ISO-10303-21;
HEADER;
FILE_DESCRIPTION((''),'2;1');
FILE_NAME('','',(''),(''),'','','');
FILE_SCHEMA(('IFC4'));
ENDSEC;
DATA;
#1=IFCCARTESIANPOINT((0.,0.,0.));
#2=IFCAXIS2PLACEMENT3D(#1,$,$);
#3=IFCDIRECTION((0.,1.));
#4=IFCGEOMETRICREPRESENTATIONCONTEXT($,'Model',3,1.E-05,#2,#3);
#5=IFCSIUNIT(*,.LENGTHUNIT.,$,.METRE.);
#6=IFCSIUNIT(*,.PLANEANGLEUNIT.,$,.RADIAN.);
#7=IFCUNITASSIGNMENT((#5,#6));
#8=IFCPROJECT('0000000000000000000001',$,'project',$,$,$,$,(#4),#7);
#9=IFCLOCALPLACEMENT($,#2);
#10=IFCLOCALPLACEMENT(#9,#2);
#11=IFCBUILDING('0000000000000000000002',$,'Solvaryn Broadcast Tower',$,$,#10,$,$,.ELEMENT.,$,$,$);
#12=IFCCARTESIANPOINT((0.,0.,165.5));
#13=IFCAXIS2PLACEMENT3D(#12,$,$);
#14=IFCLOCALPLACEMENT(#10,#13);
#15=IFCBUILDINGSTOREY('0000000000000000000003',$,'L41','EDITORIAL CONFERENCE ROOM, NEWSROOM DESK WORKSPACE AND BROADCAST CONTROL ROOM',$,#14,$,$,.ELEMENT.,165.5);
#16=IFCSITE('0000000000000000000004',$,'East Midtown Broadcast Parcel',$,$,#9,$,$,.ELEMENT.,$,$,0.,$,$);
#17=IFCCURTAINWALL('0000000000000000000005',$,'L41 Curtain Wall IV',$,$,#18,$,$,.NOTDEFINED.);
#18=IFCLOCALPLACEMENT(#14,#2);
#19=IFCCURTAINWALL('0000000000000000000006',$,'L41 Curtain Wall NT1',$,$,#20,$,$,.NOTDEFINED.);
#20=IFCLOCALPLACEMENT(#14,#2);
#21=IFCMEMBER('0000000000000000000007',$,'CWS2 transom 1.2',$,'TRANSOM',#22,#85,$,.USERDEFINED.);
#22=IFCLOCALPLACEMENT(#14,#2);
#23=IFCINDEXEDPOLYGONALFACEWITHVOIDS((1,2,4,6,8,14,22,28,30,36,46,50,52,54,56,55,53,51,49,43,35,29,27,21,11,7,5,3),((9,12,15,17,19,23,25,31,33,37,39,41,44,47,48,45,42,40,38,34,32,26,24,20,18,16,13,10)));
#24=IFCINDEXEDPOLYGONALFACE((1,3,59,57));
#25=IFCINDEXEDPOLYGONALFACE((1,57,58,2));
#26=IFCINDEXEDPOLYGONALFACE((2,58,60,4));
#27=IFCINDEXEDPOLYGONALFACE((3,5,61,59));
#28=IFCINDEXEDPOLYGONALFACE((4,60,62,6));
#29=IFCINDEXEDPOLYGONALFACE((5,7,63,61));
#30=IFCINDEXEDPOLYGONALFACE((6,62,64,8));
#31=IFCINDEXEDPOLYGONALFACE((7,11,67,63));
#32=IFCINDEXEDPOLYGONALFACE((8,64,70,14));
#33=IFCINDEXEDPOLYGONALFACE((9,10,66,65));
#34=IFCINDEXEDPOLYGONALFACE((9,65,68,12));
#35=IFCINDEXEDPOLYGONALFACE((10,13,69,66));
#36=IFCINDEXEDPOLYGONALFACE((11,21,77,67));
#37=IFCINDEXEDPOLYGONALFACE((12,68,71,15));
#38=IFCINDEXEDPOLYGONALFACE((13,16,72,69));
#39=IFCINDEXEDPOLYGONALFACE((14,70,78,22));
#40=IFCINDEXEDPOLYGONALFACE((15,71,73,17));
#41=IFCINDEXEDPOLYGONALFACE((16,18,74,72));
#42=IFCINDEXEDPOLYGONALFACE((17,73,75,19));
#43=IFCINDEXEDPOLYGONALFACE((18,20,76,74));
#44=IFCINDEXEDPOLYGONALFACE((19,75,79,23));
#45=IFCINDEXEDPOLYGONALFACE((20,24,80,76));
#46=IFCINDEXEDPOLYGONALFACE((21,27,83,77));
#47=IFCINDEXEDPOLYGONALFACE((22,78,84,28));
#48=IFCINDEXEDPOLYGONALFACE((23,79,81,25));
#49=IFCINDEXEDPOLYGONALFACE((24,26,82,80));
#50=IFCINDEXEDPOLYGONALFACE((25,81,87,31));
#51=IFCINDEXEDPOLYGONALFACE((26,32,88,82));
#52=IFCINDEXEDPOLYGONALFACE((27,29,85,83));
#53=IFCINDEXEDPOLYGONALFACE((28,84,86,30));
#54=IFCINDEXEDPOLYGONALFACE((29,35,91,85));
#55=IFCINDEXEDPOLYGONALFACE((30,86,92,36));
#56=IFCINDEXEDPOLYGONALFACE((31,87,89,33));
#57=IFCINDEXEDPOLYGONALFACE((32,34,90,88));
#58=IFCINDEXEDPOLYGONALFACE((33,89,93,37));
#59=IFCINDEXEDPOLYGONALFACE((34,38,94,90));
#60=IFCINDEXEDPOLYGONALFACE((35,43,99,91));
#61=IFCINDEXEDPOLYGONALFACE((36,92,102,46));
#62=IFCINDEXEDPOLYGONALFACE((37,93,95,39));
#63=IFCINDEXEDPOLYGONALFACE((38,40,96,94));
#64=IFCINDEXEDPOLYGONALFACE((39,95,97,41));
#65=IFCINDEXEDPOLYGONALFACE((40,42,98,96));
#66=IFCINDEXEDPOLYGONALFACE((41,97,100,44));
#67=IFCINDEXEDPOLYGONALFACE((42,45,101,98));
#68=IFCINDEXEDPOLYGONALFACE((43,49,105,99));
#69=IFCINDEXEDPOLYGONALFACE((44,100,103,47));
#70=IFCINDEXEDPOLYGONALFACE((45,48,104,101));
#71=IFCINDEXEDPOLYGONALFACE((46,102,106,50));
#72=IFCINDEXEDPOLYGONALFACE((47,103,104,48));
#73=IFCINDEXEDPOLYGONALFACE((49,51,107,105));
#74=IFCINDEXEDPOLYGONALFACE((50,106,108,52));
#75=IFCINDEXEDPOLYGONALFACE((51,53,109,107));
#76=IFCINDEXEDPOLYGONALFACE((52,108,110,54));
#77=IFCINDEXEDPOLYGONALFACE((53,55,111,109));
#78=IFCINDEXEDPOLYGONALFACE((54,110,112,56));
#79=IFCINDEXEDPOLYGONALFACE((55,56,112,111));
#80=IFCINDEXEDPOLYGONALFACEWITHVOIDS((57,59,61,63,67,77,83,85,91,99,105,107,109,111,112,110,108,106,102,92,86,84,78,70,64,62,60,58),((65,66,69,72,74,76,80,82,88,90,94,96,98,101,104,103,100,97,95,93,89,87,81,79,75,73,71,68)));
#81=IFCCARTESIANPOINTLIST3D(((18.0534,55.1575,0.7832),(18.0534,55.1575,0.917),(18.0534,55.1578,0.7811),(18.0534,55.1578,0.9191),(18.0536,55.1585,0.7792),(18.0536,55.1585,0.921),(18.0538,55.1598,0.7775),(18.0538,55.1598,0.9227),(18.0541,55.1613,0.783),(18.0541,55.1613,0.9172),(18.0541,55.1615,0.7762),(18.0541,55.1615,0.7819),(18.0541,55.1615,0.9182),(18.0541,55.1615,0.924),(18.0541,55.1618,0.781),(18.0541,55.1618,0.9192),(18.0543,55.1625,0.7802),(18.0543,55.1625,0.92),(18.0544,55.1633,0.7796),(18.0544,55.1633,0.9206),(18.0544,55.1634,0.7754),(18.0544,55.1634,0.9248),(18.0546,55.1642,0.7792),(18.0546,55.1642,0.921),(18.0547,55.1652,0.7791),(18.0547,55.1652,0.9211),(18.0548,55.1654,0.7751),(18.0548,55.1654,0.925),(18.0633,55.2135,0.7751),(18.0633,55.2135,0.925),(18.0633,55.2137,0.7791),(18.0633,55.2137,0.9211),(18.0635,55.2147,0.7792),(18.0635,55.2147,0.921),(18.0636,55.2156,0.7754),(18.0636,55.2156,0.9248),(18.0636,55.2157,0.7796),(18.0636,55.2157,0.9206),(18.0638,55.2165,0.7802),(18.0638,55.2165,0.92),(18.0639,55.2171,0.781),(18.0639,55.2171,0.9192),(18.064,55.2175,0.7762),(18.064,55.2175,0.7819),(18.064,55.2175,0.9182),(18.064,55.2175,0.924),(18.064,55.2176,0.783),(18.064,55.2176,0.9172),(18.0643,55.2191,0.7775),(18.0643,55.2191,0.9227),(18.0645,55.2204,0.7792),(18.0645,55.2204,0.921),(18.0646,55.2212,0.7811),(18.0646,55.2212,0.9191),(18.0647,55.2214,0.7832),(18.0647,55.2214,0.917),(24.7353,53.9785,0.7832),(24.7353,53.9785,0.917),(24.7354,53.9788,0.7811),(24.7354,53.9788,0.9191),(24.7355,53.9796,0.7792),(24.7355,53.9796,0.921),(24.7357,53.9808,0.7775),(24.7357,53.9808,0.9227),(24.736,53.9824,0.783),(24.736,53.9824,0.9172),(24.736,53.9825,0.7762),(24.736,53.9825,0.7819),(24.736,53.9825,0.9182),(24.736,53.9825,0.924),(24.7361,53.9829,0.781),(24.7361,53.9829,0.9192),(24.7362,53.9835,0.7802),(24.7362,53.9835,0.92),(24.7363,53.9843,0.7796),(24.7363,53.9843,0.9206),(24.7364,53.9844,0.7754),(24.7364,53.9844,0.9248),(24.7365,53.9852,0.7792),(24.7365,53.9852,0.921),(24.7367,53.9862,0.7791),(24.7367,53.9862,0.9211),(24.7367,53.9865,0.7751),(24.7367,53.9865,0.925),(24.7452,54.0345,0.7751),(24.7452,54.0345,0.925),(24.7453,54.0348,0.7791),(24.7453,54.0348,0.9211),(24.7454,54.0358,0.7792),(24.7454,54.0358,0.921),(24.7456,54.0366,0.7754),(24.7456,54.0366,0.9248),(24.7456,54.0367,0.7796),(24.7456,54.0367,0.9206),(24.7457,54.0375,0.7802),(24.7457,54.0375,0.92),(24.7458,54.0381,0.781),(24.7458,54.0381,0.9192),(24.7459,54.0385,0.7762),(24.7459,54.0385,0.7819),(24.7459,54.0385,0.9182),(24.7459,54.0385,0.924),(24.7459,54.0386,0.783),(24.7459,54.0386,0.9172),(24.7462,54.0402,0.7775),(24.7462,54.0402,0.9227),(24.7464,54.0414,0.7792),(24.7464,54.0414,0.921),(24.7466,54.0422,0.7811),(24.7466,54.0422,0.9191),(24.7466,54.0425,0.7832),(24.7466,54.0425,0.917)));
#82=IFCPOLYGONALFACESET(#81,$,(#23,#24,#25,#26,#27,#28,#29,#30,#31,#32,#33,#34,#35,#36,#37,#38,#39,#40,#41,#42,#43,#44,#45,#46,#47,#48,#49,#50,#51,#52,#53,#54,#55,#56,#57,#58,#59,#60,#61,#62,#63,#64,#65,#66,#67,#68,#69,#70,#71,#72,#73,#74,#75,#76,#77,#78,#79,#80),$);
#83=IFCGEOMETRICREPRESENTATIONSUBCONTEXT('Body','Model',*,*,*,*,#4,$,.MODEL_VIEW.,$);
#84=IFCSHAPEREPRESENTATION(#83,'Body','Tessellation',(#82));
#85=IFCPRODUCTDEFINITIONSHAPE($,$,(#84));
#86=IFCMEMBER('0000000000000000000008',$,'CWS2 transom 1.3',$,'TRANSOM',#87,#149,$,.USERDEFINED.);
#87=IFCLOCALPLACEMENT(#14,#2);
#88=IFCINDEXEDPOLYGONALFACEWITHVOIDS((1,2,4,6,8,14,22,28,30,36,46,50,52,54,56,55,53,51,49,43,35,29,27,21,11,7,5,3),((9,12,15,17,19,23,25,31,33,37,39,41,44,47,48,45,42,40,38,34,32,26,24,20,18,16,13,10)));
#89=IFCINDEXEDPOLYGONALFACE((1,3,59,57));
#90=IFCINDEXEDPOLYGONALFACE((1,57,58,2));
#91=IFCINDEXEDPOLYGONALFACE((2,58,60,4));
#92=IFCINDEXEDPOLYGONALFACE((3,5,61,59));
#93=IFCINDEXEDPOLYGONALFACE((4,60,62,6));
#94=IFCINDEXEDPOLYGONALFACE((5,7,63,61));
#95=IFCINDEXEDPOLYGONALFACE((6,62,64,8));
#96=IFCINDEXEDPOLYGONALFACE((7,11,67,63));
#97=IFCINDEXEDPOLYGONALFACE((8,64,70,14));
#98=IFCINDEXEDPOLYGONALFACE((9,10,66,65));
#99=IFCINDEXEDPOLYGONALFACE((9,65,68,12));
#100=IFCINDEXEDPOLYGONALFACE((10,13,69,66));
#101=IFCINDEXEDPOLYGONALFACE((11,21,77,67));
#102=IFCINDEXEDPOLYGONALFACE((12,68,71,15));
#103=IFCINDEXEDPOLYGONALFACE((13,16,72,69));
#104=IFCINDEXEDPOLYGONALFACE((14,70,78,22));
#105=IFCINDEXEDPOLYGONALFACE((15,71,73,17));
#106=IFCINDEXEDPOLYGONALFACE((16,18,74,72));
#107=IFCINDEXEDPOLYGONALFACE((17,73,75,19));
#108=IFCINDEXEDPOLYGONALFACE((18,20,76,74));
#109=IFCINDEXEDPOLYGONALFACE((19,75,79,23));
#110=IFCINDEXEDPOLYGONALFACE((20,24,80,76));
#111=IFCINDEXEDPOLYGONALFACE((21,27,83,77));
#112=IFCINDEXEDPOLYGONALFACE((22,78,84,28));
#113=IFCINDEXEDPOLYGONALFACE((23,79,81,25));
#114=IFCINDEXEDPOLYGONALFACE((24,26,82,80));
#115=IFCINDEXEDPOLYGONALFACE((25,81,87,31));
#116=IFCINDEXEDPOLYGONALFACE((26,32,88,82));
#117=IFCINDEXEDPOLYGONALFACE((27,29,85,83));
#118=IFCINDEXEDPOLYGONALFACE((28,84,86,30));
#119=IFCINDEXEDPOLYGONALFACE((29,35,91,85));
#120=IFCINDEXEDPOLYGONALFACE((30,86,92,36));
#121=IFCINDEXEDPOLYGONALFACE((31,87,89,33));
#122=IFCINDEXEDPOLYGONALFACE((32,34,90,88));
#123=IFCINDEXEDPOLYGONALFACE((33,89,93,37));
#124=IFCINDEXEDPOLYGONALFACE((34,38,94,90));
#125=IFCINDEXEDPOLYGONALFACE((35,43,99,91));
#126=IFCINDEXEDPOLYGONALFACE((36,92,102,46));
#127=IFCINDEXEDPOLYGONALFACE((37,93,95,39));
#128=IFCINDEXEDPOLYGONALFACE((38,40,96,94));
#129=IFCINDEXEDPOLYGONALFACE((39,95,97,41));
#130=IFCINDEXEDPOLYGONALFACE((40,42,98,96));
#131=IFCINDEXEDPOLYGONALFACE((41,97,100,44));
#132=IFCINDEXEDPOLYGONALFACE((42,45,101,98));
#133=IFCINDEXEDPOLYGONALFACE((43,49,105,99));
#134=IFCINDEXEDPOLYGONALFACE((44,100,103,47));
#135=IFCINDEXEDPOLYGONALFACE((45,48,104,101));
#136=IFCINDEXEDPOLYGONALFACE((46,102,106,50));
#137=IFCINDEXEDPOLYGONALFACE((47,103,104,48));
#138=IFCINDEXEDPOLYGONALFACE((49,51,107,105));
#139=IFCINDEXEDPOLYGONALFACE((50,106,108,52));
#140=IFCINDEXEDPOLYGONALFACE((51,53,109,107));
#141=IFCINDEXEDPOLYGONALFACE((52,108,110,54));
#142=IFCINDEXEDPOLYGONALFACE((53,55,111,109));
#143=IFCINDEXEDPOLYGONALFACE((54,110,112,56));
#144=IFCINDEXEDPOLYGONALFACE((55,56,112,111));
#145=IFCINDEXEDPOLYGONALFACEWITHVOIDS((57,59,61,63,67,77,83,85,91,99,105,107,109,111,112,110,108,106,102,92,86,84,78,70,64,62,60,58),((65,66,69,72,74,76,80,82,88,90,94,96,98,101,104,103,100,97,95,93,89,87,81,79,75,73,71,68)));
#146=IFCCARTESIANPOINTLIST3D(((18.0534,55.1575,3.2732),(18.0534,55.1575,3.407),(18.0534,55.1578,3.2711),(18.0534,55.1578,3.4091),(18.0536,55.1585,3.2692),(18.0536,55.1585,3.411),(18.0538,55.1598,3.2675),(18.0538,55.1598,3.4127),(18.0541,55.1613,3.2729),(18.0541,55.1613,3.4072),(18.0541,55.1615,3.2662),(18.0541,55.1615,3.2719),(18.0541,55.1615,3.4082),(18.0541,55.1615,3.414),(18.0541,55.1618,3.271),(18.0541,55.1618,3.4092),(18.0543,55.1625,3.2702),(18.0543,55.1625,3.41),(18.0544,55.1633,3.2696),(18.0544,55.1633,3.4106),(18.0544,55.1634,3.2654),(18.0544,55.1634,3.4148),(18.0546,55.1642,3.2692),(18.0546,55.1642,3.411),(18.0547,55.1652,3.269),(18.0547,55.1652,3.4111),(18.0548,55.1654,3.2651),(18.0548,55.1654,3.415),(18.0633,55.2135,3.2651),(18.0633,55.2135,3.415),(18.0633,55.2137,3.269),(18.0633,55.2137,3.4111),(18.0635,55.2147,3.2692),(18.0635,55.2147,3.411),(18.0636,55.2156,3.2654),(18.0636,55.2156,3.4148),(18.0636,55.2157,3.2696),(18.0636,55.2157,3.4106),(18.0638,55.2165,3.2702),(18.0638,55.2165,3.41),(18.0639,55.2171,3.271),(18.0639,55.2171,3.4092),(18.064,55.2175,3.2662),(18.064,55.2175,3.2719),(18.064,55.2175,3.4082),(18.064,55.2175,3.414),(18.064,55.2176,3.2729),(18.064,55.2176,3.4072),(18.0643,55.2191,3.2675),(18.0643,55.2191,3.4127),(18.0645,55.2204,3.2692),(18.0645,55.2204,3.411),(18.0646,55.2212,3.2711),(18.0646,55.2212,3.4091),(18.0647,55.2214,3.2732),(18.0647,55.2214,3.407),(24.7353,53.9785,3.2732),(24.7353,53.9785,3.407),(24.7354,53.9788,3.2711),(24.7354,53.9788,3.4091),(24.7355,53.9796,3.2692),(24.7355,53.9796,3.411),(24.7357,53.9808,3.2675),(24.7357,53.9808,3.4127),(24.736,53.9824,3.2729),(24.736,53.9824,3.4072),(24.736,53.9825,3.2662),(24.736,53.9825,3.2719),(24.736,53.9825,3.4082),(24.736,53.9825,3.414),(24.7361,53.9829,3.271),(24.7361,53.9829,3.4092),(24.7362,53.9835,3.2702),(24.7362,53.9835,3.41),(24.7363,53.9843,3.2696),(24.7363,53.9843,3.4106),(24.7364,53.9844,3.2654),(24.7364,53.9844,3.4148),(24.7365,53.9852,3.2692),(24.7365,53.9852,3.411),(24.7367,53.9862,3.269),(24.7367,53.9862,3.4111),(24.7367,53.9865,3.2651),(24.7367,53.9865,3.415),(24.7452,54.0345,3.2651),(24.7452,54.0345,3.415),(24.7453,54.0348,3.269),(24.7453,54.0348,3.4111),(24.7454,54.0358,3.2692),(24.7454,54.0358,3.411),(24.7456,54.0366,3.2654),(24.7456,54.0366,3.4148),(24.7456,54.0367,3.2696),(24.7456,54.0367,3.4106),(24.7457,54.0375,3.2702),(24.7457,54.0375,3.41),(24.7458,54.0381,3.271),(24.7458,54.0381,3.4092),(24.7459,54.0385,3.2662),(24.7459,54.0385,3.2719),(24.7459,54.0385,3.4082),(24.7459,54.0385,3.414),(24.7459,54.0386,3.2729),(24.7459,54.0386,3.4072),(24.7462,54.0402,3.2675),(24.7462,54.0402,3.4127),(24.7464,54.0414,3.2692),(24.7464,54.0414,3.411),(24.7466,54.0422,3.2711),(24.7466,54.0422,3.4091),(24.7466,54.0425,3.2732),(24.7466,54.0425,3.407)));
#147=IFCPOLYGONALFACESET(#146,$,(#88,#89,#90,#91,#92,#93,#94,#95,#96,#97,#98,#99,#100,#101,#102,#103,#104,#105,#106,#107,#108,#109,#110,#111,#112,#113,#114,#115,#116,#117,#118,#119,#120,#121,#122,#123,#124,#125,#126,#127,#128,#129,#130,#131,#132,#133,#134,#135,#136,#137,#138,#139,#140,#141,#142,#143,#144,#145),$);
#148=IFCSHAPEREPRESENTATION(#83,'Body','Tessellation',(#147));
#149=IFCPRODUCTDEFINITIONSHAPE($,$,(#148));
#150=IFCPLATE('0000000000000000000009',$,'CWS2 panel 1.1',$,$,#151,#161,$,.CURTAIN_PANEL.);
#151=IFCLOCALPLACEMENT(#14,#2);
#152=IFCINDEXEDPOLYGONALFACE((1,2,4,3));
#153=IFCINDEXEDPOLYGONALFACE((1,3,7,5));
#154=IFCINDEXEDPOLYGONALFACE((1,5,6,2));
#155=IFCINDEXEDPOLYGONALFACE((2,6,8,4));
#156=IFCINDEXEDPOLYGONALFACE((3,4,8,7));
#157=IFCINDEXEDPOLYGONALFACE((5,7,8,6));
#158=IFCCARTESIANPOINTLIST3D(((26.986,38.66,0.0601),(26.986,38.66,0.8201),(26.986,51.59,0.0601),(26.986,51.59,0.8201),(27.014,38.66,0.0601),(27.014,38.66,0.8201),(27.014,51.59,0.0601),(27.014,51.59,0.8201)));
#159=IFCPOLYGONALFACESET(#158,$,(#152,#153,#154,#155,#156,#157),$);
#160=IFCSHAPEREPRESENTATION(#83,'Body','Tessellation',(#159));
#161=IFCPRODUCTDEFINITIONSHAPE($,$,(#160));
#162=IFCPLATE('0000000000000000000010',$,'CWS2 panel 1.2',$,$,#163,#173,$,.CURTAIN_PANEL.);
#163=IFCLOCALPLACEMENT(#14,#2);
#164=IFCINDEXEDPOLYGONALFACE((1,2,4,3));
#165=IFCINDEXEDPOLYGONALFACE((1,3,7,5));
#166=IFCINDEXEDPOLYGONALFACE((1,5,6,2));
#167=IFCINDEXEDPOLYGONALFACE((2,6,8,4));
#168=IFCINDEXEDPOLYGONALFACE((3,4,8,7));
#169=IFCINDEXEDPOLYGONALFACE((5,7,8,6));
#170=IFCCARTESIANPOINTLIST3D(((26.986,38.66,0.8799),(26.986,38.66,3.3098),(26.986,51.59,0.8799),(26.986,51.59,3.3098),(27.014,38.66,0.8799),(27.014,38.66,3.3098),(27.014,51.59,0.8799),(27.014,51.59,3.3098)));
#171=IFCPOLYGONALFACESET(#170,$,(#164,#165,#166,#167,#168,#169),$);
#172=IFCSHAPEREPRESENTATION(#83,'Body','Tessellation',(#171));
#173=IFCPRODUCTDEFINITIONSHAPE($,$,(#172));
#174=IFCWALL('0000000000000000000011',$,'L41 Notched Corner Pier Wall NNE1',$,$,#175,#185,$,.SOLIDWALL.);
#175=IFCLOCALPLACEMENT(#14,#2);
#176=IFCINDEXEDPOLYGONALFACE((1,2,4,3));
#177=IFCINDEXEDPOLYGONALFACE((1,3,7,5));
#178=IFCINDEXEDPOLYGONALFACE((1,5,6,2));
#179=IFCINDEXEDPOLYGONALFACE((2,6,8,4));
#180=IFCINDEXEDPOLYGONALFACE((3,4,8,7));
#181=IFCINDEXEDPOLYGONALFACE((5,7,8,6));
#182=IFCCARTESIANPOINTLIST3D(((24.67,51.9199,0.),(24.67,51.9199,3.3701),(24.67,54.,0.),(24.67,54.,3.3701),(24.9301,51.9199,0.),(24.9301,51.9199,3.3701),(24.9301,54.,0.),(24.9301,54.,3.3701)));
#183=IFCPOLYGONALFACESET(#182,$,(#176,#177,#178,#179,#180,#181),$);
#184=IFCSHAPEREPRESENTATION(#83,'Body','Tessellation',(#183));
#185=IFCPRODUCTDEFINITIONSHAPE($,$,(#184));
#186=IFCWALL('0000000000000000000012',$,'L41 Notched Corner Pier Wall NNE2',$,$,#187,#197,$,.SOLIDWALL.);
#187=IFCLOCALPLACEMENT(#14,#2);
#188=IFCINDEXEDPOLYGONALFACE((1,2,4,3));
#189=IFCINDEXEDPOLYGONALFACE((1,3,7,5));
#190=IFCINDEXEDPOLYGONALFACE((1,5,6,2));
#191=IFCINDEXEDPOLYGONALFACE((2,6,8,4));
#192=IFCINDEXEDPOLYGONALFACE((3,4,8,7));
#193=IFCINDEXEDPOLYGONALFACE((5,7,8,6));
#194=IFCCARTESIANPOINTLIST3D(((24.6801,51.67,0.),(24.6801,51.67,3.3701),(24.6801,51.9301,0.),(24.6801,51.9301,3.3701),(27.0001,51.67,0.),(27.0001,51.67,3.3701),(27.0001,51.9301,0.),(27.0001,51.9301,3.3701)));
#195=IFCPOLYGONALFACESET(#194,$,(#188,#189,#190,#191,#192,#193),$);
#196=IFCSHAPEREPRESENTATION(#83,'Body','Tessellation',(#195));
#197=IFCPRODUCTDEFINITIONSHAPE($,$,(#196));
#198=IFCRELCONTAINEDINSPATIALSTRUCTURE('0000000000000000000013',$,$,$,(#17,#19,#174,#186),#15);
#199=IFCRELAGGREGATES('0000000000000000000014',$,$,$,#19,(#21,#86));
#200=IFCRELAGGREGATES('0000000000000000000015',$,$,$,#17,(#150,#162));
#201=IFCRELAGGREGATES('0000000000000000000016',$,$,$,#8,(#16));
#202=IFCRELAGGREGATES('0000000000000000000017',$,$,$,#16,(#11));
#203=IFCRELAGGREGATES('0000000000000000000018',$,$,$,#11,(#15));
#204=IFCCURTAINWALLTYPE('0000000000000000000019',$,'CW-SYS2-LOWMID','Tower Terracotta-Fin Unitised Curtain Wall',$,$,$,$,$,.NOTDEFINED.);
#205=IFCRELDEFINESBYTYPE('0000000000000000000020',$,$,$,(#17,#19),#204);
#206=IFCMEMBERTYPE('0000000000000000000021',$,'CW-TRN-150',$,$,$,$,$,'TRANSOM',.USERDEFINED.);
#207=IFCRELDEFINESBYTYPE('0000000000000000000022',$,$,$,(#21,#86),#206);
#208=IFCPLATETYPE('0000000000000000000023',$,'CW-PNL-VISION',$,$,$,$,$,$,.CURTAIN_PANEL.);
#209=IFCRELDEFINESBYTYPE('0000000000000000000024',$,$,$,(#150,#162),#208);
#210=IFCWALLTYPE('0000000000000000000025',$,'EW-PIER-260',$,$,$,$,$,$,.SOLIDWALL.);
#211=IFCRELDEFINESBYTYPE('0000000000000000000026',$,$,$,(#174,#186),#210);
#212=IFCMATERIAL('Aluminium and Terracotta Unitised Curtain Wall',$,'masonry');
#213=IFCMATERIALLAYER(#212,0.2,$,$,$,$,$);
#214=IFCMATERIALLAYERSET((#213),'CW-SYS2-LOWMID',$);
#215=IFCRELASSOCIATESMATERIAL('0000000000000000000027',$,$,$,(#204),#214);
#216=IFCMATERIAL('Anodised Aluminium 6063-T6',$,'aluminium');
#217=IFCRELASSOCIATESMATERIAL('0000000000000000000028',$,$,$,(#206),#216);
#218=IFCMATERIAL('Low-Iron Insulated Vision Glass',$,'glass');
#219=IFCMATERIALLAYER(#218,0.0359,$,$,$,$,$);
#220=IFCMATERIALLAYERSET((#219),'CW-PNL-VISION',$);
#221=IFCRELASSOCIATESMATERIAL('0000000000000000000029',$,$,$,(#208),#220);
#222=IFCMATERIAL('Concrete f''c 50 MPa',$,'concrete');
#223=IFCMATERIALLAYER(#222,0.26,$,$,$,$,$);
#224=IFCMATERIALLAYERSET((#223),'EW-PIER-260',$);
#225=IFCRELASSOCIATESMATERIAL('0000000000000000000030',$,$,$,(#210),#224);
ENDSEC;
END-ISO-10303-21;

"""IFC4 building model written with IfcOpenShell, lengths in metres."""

from ifc_helpers import new_model, si_unit, direction, frame, frame_2d, origin, origin_2d, place, context, subcontext, project, spatial, rectangle, hollow_rectangle, extrude, material, layer, layer_set, material_profile, profile_set, type_object, element, aggregate, save


model = new_model("IFC4")

# Units and contexts
model_context = context("Model", 3, precision=1e-05, world=origin(), true_north=direction((0.0, 1.0)))
body_context = subcontext(model_context, "Body", "Model", "MODEL_VIEW")
ifc_project = project(units=[si_unit("LENGTHUNIT", "METRE"), si_unit("PLANEANGLEUNIT", "RADIAN")], contexts=[model_context])

# Site, building, storey
site_placement = place(None, origin())
site = spatial("IfcSite", under=ifc_project, at=site_placement, Name="East Midtown Broadcast Parcel", CompositionType="ELEMENT", RefElevation=0.0)
building_placement = place(site_placement, origin())
building = spatial("IfcBuilding", under=site, at=building_placement, Name="Solvaryn Broadcast Tower", CompositionType="ELEMENT")
storey_placement = place(building_placement, frame((0.0, 0.0, 165.5)))
storey = spatial("IfcBuildingStorey", under=building, at=storey_placement, Name="L41", Description="EDITORIAL CONFERENCE ROOM, NEWSROOM DESK WORKSPACE AND BROADCAST CONTROL ROOM", CompositionType="ELEMENT", Elevation=165.5)

# Curtain wall
ifc_material_1 = material(Name="Aluminium and Terracotta Unitised Curtain Wall", Category="masonry")
ifc_layer_1 = layer(ifc_material_1, 0.2)
ifc_layer_set_1 = layer_set([ifc_layer_1], Name="CW-SYS2-LOWMID")
curtain_wall_type = type_object("IfcCurtainWallType", Name="CW-SYS2-LOWMID", Description="Tower Terracotta-Fin Unitised Curtain Wall", PredefinedType="NOTDEFINED", material=ifc_layer_set_1)
curtain_wall_1_placement = place(storey_placement, origin())
curtain_wall_1 = element("IfcCurtainWall", 1, at=curtain_wall_1_placement, inside=storey, type_object=curtain_wall_type, Name="L41 Curtain Wall IV", PredefinedType="NOTDEFINED")

# Curtain wall
curtain_wall_2_placement = place(storey_placement, origin())
curtain_wall_2 = element("IfcCurtainWall", 2, at=curtain_wall_2_placement, inside=storey, type_object=curtain_wall_type, Name="L41 Curtain Wall NT1", PredefinedType="NOTDEFINED")

# Members
ifc_material_2 = material(Name="Anodised Aluminium 6063-T6", Category="aluminium")
ifc_material_profile_1 = material_profile(ifc_material_2, hollow_rectangle(XDim=0.0649, YDim=0.1499, WallThickness=0.0039, InnerFilletRadius=0.0039, OuterFilletRadius=0.0081, at=origin_2d()))
ifc_profile_set_1 = profile_set([ifc_material_profile_1], Name="Anodised Aluminium 6063-T6")
member_type_1 = type_object("IfcMemberType", Name="CW-TRN-150", ElementType="TRANSOM", PredefinedType="USERDEFINED", material=ifc_profile_set_1)
member_1_placement = place(storey_placement, frame((24.741, 54.0105, 0.8501), z_axis=(-0.984789, 0.173757, 0.0), x_axis=(-0.173757, -0.984789, 0.0)))
member_1 = element("IfcMember", 3, at=member_1_placement, type_object=member_type_1, Name="CWS2 transom 1.2", ObjectType="TRANSOM", PredefinedType="USERDEFINED", context=body_context, shape_type="SweptSolid", body=[
    extrude(hollow_rectangle(XDim=0.0649, YDim=0.1499, WallThickness=0.0039, InnerFilletRadius=0.0039, OuterFilletRadius=0.0081, at=origin_2d()), origin(), (0.0, 0.0, 1.0), 6.7852),
])
member_2_placement = place(storey_placement, frame((24.741, 54.0105, 3.3401), z_axis=(-0.984789, 0.173757, 0.0), x_axis=(-0.173757, -0.984789, 0.0)))
member_2 = element("IfcMember", 4, at=member_2_placement, type_object=member_type_1, Name="CWS2 transom 1.3", ObjectType="TRANSOM", PredefinedType="USERDEFINED", context=body_context, shape_type="SweptSolid", body=[
    extrude(hollow_rectangle(XDim=0.0649, YDim=0.1499, WallThickness=0.0039, InnerFilletRadius=0.0039, OuterFilletRadius=0.0081, at=origin_2d()), origin(), (0.0, 0.0, 1.0), 6.7852),
])
aggregate(curtain_wall_2, [member_1, member_2])

# Plates
ifc_material_3 = material(Name="Low-Iron Insulated Vision Glass", Category="glass")
ifc_layer_2 = layer(ifc_material_3, 0.0359)
ifc_layer_set_2 = layer_set([ifc_layer_2], Name="CW-PNL-VISION")
plate_type = type_object("IfcPlateType", Name="CW-PNL-VISION", PredefinedType="CURTAIN_PANEL", material=ifc_layer_set_2)
plate_1_placement = place(storey_placement, frame((27.0, 45.125, 0.0601), z_axis=(0.0, 0.0, 1.0), x_axis=(0.0, -1.0, 0.0)))
plate_1 = element("IfcPlate", 5, at=plate_1_placement, type_object=plate_type, Name="CWS2 panel 1.1", PredefinedType="CURTAIN_PANEL", context=body_context, shape_type="SweptSolid", body=[
    extrude(rectangle(XDim=12.9299, YDim=0.0281, at=origin_2d()), origin(), (0.0, 0.0, 1.0), 0.76),
])
plate_2_placement = place(storey_placement, frame((27.0, 45.125, 0.8799), z_axis=(0.0, 0.0, 1.0), x_axis=(0.0, -1.0, 0.0)))
plate_2 = element("IfcPlate", 6, at=plate_2_placement, type_object=plate_type, Name="CWS2 panel 1.2", PredefinedType="CURTAIN_PANEL", context=body_context, shape_type="SweptSolid", body=[
    extrude(rectangle(XDim=12.9299, YDim=0.0281, at=origin_2d()), origin(), (0.0, 0.0, 1.0), 2.4299),
])
aggregate(curtain_wall_1, [plate_1, plate_2])

# Walls
ifc_material_4 = material(Name="Concrete f'c 50 MPa", Category="concrete")
ifc_layer_3 = layer(ifc_material_4, 0.26)
ifc_layer_set_3 = layer_set([ifc_layer_3], Name="EW-PIER-260")
wall_type_1 = type_object("IfcWallType", Name="EW-PIER-260", PredefinedType="SOLIDWALL", material=ifc_layer_set_3)
wall_1_placement = place(storey_placement, frame((24.8, 54.0, 0.0), z_axis=(0.0, 0.0, 1.0), x_axis=(0.0, -1.0, 0.0)))
element("IfcWall", 7, at=wall_1_placement, inside=storey, type_object=wall_type_1, Name="L41 Notched Corner Pier Wall NNE1", PredefinedType="SOLIDWALL", context=body_context, shape_type="SweptSolid", body=[
    extrude(rectangle(XDim=2.0801, YDim=0.26, at=frame_2d((1.04, 0.0))), origin(), (0.0, 0.0, 1.0), 3.3701),
])
wall_2_placement = place(storey_placement, frame((24.6799, 51.8, 0.0), z_axis=(0.0, 0.0, 1.0), x_axis=(1.0, 0.0, 0.0)))
element("IfcWall", 8, at=wall_2_placement, inside=storey, type_object=wall_type_1, Name="L41 Notched Corner Pier Wall NNE2", PredefinedType="SOLIDWALL", context=body_context, shape_type="SweptSolid", body=[
    extrude(rectangle(XDim=2.3201, YDim=0.26, at=frame_2d((1.1602, 0.0))), origin(), (0.0, 0.0, 1.0), 3.3701),
])

save(model, "model.ifc")
